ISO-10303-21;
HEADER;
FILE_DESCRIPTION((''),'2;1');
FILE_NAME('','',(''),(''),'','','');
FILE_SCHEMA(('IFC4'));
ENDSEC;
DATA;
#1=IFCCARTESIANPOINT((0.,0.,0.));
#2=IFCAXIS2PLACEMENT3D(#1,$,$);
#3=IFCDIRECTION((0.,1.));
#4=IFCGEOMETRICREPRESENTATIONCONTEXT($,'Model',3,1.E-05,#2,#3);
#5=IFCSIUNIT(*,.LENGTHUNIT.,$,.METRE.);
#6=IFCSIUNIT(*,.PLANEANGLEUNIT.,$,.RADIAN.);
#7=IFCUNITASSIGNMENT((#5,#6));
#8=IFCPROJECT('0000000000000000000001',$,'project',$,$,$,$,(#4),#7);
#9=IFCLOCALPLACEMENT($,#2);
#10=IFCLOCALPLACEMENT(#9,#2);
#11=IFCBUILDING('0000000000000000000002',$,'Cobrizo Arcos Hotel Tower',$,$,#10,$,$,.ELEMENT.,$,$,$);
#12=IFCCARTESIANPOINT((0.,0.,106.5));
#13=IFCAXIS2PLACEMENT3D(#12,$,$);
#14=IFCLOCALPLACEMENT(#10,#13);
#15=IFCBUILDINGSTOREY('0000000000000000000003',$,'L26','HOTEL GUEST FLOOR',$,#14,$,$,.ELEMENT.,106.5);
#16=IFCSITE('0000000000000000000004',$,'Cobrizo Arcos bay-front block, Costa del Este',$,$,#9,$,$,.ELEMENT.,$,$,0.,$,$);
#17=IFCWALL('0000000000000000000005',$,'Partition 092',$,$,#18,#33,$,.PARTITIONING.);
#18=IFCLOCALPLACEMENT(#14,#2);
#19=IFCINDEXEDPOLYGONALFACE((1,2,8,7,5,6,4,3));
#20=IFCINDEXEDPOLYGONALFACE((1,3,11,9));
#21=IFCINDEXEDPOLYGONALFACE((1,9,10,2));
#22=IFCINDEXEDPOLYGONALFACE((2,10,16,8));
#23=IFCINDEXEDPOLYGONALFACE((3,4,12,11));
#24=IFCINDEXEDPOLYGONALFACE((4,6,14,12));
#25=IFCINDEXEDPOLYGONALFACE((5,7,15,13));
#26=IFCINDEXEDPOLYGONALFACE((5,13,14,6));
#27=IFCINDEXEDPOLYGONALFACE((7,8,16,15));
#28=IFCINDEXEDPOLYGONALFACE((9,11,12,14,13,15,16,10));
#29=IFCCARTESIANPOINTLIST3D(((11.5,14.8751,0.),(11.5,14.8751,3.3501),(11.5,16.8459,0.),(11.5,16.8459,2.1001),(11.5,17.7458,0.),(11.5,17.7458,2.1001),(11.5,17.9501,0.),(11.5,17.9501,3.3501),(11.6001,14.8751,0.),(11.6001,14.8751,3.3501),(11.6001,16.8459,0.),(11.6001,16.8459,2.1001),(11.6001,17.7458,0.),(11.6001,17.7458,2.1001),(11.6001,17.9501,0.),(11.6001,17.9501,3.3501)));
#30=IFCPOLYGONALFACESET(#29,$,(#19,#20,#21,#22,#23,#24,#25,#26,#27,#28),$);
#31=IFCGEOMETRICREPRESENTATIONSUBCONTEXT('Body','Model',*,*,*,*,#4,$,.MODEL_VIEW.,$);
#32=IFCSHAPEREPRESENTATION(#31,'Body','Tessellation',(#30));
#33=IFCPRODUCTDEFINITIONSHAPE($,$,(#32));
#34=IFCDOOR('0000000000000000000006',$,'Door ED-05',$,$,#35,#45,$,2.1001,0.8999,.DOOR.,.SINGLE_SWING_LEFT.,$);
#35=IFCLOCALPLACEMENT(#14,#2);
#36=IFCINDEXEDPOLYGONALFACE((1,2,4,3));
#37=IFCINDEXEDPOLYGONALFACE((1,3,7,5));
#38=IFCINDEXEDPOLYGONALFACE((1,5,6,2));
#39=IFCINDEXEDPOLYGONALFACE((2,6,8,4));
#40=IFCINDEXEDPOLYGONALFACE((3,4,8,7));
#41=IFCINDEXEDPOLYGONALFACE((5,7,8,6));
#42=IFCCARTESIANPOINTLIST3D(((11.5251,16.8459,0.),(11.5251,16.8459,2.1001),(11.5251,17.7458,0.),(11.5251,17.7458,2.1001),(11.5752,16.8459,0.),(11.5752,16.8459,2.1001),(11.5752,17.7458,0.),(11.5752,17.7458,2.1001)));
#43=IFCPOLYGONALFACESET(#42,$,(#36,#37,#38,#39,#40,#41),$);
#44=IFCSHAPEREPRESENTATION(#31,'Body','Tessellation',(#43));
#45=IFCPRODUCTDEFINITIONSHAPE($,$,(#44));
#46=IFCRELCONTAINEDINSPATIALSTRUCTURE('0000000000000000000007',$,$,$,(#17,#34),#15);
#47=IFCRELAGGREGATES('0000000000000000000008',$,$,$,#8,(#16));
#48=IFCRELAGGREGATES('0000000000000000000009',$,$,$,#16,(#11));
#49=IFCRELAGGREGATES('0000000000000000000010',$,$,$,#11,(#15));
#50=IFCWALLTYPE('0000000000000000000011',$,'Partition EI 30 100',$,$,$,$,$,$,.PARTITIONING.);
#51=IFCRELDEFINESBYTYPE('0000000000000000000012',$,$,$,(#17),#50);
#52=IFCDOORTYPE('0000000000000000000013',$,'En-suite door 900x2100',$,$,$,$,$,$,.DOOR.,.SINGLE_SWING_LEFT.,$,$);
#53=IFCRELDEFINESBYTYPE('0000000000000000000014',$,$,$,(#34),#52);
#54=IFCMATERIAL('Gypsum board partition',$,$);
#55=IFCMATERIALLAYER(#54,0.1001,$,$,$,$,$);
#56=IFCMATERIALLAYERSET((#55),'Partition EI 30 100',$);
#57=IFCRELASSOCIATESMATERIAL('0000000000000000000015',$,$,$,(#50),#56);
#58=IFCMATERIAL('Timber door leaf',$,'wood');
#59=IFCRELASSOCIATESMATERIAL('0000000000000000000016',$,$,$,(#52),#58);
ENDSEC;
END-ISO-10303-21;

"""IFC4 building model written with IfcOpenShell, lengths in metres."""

from ifc_helpers import new_model, si_unit, direction, frame, frame_2d, origin, place, context, subcontext, project, spatial, rectangle, extrude, material, layer, layer_set, type_object, element, fill, save


model = new_model("IFC4")

# Units and contexts
model_context = context("Model", 3, precision=1e-05, world=origin(), true_north=direction((0.0, 1.0)))
body_context = subcontext(model_context, "Body", "Model", "MODEL_VIEW")
ifc_project = project(units=[si_unit("LENGTHUNIT", "METRE"), si_unit("PLANEANGLEUNIT", "RADIAN")], contexts=[model_context])

# Site, building, storey
site_placement = place(None, origin())
site = spatial("IfcSite", under=ifc_project, at=site_placement, Name="Cobrizo Arcos bay-front block, Costa del Este", CompositionType="ELEMENT", RefElevation=0.0)
building_placement = place(site_placement, origin())
building = spatial("IfcBuilding", under=site, at=building_placement, Name="Cobrizo Arcos Hotel Tower", CompositionType="ELEMENT")
storey_placement = place(building_placement, frame((0.0, 0.0, 106.5)))
storey = spatial("IfcBuildingStorey", under=building, at=storey_placement, Name="L26", Description="HOTEL GUEST FLOOR", CompositionType="ELEMENT", Elevation=106.5)

# Shared definitions
ifc_material_1 = material(Name="Gypsum board partition")
ifc_layer_1 = layer(ifc_material_1, 0.1001)
ifc_layer_set_1 = layer_set([ifc_layer_1], Name="Partition EI 30 100")
wall_type_1 = type_object("IfcWallType", Name="Partition EI 30 100", PredefinedType="PARTITIONING", material=ifc_layer_set_1)

# Shared definitions
ifc_material_2 = material(Name="Timber door leaf", Category="wood")

# Wall, opening, door
wall_1_placement = place(storey_placement, frame((11.55, 14.875, 0.0), z_axis=(0.0, 0.0, 1.0), x_axis=(0.0, 1.0, 0.0)))
wall_1 = element("IfcWall", 1, at=wall_1_placement, inside=storey, type_object=wall_type_1, Name="Partition 092", PredefinedType="PARTITIONING", context=body_context, shape_type="SweptSolid", body=[
    extrude(rectangle(XDim=3.075, YDim=0.1001, at=frame_2d((1.5376, 0.0))), origin(), (0.0, 0.0, 1.0), 3.3501),
])
opening_1_placement = place(wall_1_placement, frame((1.9709, 0.0, 0.0)))
opening_1 = element("IfcOpeningElement", 2, at=opening_1_placement, cuts=wall_1, PredefinedType="OPENING", context=body_context, shape_type="SweptSolid", body=[
    extrude(rectangle(XDim=0.8999, YDim=2.1001, at=frame_2d((0.45, 1.05))), frame((0.0, 0.062, 0.0), z_axis=(0.0, -1.0, 0.0), x_axis=(1.0, 0.0, 0.0)), (0.0, 0.0, 1.0), 0.124),
])
door_type_1 = type_object("IfcDoorType", Name="En-suite door 900x2100", OperationType="SINGLE_SWING_LEFT", PredefinedType="DOOR", material=ifc_material_2)
door_1_placement = place(opening_1_placement, origin())
door_1 = element("IfcDoor", 3, at=door_1_placement, inside=storey, type_object=door_type_1, Name="Door ED-05", OperationType="SINGLE_SWING_LEFT", OverallHeight=2.1001, OverallWidth=0.8999, PredefinedType="DOOR", context=body_context, shape_type="SweptSolid", body=[
    extrude(rectangle(XDim=0.8999, YDim=2.1001, at=frame_2d((0.45, 1.05))), frame((0.0, 0.0249, 0.0), z_axis=(0.0, -1.0, 0.0), x_axis=(1.0, 0.0, 0.0)), (0.0, 0.0, 1.0), 0.05),
])
fill(opening_1, door_1)

save(model, "model.ifc")
